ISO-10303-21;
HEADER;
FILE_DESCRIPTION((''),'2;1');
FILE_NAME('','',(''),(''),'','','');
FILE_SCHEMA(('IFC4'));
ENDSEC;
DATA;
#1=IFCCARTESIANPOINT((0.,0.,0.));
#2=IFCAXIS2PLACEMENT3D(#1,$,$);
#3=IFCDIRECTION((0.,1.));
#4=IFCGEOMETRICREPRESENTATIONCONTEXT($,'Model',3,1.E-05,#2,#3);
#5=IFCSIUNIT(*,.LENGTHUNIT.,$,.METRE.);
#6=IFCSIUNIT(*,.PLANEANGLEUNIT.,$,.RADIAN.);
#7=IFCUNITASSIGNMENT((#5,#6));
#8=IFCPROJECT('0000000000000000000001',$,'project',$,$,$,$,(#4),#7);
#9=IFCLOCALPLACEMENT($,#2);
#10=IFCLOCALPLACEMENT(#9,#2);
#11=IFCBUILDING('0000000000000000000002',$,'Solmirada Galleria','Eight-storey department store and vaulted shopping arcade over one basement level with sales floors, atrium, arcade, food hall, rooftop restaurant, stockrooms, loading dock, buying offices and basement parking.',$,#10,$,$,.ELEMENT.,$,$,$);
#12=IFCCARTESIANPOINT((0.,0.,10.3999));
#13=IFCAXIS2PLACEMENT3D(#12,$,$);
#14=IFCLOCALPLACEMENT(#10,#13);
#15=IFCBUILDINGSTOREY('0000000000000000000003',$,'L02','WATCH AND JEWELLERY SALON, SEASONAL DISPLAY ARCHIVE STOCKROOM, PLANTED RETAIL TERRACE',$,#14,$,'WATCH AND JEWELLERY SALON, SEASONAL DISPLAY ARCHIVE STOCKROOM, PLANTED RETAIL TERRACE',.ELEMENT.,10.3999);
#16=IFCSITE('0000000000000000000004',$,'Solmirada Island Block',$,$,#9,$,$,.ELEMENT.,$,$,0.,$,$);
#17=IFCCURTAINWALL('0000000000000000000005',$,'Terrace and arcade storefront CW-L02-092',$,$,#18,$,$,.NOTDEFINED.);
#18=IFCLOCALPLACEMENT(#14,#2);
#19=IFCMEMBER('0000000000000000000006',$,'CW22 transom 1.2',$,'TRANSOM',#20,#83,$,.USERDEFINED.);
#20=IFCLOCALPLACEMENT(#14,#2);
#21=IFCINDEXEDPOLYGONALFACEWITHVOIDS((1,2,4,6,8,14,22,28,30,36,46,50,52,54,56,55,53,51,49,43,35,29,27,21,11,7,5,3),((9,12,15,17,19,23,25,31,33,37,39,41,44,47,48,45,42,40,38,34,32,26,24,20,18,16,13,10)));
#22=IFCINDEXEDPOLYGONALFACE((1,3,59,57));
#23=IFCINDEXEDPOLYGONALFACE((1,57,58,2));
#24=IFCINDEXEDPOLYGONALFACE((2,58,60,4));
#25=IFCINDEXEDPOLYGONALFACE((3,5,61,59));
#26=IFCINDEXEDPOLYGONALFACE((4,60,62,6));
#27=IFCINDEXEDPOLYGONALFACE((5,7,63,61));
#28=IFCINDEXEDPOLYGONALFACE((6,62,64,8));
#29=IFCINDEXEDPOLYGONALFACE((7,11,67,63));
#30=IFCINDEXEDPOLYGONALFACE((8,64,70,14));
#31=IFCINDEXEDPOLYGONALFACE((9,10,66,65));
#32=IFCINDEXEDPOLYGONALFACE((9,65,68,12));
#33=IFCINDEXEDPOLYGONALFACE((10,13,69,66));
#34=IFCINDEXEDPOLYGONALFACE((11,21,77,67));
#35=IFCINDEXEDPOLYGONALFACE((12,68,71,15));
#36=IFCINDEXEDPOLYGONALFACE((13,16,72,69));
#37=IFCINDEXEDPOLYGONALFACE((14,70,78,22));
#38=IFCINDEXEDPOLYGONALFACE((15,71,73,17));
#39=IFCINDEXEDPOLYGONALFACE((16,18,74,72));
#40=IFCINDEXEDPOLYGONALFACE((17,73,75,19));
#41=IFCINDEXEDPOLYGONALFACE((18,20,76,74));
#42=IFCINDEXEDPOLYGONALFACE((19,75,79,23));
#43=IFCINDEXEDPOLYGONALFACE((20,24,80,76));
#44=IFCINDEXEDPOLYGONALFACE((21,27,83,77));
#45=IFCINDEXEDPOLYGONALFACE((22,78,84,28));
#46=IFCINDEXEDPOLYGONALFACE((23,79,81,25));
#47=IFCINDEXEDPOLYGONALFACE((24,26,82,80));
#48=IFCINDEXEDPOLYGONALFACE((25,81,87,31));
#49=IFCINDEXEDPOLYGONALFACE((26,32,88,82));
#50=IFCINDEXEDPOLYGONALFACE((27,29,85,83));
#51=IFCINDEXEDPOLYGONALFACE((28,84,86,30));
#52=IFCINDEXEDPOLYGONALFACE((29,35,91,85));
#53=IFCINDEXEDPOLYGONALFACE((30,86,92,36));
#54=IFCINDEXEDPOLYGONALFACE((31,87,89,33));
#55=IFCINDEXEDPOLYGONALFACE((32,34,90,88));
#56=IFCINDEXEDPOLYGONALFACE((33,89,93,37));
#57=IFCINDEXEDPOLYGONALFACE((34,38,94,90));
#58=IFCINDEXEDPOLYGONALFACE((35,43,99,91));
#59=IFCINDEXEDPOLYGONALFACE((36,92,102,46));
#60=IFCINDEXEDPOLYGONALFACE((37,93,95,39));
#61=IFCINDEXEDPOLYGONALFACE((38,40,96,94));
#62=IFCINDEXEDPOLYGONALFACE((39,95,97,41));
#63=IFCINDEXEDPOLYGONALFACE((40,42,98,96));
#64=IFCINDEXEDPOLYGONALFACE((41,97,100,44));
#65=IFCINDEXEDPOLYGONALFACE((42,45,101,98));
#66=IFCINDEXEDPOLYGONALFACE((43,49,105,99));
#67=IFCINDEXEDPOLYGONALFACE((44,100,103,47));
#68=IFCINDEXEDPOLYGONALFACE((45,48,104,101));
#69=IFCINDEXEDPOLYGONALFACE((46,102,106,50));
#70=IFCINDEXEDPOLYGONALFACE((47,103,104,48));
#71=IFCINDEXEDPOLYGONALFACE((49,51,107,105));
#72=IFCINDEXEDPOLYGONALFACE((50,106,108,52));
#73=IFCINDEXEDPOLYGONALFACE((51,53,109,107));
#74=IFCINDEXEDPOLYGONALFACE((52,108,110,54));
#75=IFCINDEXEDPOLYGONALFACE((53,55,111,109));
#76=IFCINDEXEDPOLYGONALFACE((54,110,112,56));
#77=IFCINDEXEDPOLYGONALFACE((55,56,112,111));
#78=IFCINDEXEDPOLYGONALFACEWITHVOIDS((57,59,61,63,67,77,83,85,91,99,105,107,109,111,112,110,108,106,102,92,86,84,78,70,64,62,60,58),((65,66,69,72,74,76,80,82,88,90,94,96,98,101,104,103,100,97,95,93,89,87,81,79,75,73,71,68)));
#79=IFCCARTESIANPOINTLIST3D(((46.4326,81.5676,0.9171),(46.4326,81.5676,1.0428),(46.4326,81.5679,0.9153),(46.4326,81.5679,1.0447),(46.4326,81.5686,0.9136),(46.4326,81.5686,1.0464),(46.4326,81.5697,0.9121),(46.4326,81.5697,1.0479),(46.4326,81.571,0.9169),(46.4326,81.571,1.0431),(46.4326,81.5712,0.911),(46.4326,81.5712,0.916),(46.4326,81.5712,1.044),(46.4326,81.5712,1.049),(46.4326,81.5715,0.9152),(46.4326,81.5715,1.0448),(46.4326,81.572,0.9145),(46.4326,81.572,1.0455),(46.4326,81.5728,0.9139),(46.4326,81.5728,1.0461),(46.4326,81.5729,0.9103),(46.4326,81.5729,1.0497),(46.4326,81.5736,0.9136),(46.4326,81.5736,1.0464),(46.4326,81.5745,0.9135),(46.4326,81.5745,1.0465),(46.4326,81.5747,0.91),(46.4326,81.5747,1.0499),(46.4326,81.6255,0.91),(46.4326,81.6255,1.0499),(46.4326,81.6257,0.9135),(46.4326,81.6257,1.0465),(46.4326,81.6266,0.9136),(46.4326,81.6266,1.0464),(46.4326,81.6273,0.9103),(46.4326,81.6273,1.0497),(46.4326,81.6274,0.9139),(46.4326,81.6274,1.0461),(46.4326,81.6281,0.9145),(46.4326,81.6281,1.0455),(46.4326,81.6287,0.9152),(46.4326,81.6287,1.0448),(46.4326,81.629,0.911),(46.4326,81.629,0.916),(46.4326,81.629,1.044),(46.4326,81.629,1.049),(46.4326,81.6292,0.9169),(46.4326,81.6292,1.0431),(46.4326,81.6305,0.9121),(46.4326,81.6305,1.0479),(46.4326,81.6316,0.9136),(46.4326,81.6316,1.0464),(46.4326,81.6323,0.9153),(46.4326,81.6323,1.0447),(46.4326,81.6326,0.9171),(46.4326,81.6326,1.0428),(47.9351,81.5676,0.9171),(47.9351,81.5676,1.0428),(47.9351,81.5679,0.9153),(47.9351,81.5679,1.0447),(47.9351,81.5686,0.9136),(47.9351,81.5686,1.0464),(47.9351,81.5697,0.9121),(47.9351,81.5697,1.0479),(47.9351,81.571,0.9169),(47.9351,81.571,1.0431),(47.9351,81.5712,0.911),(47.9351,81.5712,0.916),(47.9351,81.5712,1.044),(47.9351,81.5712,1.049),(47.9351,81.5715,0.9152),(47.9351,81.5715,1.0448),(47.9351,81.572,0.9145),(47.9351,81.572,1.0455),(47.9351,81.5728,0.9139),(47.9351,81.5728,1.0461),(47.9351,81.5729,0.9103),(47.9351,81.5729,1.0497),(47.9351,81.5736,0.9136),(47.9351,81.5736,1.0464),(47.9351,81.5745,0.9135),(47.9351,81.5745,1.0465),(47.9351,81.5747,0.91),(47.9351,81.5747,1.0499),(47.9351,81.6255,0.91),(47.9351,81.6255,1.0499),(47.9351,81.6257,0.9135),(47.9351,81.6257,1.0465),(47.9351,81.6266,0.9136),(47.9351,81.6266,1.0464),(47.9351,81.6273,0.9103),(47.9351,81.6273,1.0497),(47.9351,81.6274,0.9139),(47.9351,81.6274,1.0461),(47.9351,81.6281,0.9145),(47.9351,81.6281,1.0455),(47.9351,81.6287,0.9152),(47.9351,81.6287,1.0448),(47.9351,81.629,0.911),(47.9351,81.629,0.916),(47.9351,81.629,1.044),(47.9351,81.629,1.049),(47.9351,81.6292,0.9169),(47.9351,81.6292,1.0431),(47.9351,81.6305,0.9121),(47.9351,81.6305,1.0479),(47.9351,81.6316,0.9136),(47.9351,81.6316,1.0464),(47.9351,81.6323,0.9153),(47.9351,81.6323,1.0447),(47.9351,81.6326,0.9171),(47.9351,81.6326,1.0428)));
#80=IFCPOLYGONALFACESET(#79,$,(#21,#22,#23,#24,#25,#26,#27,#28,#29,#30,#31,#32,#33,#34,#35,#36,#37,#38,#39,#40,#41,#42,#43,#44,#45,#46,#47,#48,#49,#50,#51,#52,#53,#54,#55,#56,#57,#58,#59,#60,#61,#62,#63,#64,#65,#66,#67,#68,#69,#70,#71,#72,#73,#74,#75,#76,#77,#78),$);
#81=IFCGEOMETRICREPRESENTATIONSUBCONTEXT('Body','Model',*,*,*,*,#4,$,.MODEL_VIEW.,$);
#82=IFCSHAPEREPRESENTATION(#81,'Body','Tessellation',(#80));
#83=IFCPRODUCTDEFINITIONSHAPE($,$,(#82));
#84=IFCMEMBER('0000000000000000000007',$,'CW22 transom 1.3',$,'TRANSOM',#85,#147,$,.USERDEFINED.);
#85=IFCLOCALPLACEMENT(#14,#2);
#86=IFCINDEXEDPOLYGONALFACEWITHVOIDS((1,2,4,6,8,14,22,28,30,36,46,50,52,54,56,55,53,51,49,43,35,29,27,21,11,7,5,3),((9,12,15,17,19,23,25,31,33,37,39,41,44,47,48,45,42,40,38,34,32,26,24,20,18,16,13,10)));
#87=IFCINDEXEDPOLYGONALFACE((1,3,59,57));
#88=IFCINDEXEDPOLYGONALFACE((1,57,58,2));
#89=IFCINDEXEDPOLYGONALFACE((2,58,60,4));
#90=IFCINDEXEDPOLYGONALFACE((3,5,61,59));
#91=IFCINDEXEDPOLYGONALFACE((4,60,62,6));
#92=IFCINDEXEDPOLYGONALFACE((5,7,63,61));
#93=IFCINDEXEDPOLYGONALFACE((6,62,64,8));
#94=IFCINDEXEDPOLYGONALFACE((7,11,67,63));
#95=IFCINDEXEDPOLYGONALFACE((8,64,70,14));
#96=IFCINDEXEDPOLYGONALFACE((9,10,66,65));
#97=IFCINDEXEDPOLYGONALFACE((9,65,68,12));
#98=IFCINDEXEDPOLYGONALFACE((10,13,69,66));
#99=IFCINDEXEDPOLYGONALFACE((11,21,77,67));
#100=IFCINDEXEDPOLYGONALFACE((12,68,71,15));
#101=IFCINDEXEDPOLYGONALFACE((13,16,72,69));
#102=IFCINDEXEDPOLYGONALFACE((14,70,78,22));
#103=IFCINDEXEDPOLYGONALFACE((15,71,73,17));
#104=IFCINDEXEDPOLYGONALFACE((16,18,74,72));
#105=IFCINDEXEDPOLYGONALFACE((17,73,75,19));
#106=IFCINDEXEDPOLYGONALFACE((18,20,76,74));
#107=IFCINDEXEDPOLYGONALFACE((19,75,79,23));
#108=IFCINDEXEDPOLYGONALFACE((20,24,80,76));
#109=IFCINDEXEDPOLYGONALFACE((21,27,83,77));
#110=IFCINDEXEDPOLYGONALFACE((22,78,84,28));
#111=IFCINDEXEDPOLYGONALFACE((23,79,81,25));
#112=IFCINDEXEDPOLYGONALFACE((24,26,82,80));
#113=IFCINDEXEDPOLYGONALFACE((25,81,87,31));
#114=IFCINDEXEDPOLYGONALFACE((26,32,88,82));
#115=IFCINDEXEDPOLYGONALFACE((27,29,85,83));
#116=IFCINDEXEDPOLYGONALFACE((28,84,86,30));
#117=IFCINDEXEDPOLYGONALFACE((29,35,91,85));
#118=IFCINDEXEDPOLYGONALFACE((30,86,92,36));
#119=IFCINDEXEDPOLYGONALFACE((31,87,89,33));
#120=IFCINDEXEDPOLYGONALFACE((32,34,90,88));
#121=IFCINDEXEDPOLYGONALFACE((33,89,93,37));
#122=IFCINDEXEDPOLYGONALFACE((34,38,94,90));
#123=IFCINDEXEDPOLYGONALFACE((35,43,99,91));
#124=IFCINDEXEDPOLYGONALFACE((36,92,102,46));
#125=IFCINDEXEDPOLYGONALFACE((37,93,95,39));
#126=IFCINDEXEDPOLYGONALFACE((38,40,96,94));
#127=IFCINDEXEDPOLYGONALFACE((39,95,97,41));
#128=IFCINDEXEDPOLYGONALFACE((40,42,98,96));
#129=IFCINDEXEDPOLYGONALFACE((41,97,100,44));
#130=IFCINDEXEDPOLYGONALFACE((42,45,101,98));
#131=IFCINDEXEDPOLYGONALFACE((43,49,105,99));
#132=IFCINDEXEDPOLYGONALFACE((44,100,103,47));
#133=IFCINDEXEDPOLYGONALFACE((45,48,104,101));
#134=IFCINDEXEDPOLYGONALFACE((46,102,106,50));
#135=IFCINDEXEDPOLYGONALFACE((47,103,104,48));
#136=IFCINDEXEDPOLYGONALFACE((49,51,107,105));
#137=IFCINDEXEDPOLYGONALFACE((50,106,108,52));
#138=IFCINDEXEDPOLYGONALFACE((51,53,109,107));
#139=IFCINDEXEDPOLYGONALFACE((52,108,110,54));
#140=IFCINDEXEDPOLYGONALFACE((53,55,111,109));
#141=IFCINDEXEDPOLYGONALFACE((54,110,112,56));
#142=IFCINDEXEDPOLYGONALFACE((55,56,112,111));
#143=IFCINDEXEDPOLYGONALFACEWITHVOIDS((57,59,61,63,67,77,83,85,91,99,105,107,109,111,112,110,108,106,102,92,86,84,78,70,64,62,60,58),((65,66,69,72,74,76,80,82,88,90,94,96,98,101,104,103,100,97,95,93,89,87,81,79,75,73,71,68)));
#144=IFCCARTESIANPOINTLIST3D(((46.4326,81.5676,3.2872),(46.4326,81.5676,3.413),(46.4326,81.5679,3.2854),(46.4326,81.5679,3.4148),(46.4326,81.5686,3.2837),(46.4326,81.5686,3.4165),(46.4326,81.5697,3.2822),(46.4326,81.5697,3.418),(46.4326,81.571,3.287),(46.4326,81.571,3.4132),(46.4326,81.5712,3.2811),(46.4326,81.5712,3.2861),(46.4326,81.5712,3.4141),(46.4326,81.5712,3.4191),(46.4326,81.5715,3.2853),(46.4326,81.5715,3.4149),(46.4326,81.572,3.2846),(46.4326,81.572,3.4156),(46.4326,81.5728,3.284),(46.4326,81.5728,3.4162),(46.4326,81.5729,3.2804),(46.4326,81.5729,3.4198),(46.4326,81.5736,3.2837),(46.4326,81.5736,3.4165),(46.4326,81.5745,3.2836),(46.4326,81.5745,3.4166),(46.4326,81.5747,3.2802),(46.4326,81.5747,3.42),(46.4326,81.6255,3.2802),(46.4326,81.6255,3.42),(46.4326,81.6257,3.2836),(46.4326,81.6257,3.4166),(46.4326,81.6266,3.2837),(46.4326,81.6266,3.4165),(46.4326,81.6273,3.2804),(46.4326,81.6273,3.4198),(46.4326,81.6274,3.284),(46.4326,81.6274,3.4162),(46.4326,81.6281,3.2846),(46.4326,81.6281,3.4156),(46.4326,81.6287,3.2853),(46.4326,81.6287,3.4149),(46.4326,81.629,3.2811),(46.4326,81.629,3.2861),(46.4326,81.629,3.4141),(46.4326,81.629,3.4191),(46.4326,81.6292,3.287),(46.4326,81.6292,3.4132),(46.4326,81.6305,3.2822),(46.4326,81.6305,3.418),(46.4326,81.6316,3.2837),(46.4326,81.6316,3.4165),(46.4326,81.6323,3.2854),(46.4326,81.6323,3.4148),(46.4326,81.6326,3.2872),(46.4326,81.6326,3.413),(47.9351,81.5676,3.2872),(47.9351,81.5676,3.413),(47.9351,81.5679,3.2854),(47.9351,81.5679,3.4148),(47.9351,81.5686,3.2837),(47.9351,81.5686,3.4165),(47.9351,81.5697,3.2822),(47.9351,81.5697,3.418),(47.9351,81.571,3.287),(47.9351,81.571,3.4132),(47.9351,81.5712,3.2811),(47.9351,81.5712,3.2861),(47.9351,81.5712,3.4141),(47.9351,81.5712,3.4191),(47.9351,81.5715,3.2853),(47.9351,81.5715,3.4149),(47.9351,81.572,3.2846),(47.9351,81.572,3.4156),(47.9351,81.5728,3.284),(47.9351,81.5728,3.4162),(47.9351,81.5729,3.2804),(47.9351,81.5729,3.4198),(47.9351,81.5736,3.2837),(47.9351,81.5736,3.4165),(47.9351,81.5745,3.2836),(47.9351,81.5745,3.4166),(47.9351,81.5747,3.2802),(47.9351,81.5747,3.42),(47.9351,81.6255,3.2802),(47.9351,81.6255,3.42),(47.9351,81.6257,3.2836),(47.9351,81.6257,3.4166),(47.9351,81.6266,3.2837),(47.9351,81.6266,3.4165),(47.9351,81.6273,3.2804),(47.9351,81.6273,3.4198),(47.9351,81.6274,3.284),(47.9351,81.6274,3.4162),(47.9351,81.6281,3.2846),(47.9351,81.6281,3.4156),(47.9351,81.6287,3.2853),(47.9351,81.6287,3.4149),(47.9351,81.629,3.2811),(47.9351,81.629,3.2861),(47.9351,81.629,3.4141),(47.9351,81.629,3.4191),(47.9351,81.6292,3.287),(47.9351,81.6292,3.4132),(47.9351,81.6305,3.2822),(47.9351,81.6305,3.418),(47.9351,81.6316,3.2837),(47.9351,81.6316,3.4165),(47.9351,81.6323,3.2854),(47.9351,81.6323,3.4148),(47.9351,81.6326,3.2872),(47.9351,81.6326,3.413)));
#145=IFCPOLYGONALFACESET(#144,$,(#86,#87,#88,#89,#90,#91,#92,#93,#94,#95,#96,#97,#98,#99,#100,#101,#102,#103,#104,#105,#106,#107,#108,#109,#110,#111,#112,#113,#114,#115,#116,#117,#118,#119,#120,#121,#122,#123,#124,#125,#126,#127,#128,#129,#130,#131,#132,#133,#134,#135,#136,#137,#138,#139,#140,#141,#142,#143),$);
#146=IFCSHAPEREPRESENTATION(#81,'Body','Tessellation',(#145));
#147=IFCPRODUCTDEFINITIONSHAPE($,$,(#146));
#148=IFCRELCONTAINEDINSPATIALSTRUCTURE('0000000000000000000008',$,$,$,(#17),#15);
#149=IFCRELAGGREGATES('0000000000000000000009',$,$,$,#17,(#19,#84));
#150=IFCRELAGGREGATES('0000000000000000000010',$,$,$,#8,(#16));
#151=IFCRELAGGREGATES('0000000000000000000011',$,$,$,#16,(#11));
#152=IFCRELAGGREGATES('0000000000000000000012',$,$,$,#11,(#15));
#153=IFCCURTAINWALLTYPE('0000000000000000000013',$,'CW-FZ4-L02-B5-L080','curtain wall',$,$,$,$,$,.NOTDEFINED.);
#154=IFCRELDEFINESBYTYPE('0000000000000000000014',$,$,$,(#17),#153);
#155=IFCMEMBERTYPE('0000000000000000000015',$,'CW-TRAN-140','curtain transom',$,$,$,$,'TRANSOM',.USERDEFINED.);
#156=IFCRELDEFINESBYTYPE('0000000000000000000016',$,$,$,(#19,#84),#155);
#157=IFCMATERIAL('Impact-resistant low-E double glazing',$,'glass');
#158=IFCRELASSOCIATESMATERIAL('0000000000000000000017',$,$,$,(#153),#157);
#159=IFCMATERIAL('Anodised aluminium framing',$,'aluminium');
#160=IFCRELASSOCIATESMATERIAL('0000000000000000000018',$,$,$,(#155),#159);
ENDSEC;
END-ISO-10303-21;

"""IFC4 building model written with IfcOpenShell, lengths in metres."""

from ifc_helpers import new_model, si_unit, direction, frame, origin, origin_2d, place, context, subcontext, project, spatial, hollow_rectangle, extrude, material, material_profile, profile_set, type_object, element, aggregate, save


model = new_model("IFC4")

# Units and contexts
model_context = context("Model", 3, precision=1e-05, world=origin(), true_north=direction((0.0, 1.0)))
body_context = subcontext(model_context, "Body", "Model", "MODEL_VIEW")
ifc_project = project(units=[si_unit("LENGTHUNIT", "METRE"), si_unit("PLANEANGLEUNIT", "RADIAN")], contexts=[model_context])

# Site, building, storey
site_placement = place(None, origin())
site = spatial("IfcSite", under=ifc_project, at=site_placement, Name="Solmirada Island Block", CompositionType="ELEMENT", RefElevation=0.0)
building_placement = place(site_placement, origin())
building = spatial("IfcBuilding", under=site, at=building_placement, Name="Solmirada Galleria", Description="Eight-storey department store and vaulted shopping arcade over one basement level with sales floors, atrium, arcade, food hall, rooftop restaurant, stockrooms, loading dock, buying offices and basement parking.", CompositionType="ELEMENT")
storey_placement = place(building_placement, frame((0.0, 0.0, 10.3999)))
storey = spatial("IfcBuildingStorey", under=building, at=storey_placement, Name="L02", Description="WATCH AND JEWELLERY SALON, SEASONAL DISPLAY ARCHIVE STOCKROOM, PLANTED RETAIL TERRACE", LongName="WATCH AND JEWELLERY SALON, SEASONAL DISPLAY ARCHIVE STOCKROOM, PLANTED RETAIL TERRACE", CompositionType="ELEMENT", Elevation=10.3999)

# Curtain wall
ifc_material_1 = material(Name="Impact-resistant low-E double glazing", Category="glass")
curtain_wall_type = type_object("IfcCurtainWallType", Name="CW-FZ4-L02-B5-L080", Description="curtain wall", PredefinedType="NOTDEFINED", material=ifc_material_1)
ifc_material_2 = material(Name="Anodised aluminium framing", Category="aluminium")
curtain_wall_1_placement = place(storey_placement, origin())
curtain_wall_1 = element("IfcCurtainWall", 1, at=curtain_wall_1_placement, inside=storey, type_object=curtain_wall_type, Name="Terrace and arcade storefront CW-L02-092", PredefinedType="NOTDEFINED")

# Members
ifc_material_profile_1 = material_profile(ifc_material_2, hollow_rectangle(XDim=0.0649, YDim=0.1399, WallThickness=0.0034, InnerFilletRadius=0.0034, OuterFilletRadius=0.0071, at=origin_2d()), Name="ALU-TRAN-140X65")
ifc_profile_set_1 = profile_set([ifc_material_profile_1], Name="Anodised aluminium framing")
member_type_1 = type_object("IfcMemberType", Name="CW-TRAN-140", Description="curtain transom", ElementType="TRANSOM", PredefinedType="USERDEFINED", material=ifc_profile_set_1)
member_1_placement = place(storey_placement, frame((47.9351, 81.6001, 0.98), z_axis=(-1.0, 0.0, 0.0), x_axis=(0.0, -1.0, 0.0)))
member_1 = element("IfcMember", 2, at=member_1_placement, type_object=member_type_1, Name="CW22 transom 1.2", ObjectType="TRANSOM", PredefinedType="USERDEFINED", context=body_context, shape_type="SweptSolid", body=[
    extrude(hollow_rectangle(XDim=0.0649, YDim=0.1399, WallThickness=0.0034, InnerFilletRadius=0.0034, OuterFilletRadius=0.0071, at=origin_2d()), origin(), (0.0, 0.0, 1.0), 1.5024),
])
member_2_placement = place(storey_placement, frame((47.9351, 81.6001, 3.3501), z_axis=(-1.0, 0.0, 0.0), x_axis=(0.0, -1.0, 0.0)))
member_2 = element("IfcMember", 3, at=member_2_placement, type_object=member_type_1, Name="CW22 transom 1.3", ObjectType="TRANSOM", PredefinedType="USERDEFINED", context=body_context, shape_type="SweptSolid", body=[
    extrude(hollow_rectangle(XDim=0.0649, YDim=0.1399, WallThickness=0.0034, InnerFilletRadius=0.0034, OuterFilletRadius=0.0071, at=origin_2d()), origin(), (0.0, 0.0, 1.0), 1.5024),
])

aggregate(curtain_wall_1, [member_1, member_2])

save(model, "model.ifc")
